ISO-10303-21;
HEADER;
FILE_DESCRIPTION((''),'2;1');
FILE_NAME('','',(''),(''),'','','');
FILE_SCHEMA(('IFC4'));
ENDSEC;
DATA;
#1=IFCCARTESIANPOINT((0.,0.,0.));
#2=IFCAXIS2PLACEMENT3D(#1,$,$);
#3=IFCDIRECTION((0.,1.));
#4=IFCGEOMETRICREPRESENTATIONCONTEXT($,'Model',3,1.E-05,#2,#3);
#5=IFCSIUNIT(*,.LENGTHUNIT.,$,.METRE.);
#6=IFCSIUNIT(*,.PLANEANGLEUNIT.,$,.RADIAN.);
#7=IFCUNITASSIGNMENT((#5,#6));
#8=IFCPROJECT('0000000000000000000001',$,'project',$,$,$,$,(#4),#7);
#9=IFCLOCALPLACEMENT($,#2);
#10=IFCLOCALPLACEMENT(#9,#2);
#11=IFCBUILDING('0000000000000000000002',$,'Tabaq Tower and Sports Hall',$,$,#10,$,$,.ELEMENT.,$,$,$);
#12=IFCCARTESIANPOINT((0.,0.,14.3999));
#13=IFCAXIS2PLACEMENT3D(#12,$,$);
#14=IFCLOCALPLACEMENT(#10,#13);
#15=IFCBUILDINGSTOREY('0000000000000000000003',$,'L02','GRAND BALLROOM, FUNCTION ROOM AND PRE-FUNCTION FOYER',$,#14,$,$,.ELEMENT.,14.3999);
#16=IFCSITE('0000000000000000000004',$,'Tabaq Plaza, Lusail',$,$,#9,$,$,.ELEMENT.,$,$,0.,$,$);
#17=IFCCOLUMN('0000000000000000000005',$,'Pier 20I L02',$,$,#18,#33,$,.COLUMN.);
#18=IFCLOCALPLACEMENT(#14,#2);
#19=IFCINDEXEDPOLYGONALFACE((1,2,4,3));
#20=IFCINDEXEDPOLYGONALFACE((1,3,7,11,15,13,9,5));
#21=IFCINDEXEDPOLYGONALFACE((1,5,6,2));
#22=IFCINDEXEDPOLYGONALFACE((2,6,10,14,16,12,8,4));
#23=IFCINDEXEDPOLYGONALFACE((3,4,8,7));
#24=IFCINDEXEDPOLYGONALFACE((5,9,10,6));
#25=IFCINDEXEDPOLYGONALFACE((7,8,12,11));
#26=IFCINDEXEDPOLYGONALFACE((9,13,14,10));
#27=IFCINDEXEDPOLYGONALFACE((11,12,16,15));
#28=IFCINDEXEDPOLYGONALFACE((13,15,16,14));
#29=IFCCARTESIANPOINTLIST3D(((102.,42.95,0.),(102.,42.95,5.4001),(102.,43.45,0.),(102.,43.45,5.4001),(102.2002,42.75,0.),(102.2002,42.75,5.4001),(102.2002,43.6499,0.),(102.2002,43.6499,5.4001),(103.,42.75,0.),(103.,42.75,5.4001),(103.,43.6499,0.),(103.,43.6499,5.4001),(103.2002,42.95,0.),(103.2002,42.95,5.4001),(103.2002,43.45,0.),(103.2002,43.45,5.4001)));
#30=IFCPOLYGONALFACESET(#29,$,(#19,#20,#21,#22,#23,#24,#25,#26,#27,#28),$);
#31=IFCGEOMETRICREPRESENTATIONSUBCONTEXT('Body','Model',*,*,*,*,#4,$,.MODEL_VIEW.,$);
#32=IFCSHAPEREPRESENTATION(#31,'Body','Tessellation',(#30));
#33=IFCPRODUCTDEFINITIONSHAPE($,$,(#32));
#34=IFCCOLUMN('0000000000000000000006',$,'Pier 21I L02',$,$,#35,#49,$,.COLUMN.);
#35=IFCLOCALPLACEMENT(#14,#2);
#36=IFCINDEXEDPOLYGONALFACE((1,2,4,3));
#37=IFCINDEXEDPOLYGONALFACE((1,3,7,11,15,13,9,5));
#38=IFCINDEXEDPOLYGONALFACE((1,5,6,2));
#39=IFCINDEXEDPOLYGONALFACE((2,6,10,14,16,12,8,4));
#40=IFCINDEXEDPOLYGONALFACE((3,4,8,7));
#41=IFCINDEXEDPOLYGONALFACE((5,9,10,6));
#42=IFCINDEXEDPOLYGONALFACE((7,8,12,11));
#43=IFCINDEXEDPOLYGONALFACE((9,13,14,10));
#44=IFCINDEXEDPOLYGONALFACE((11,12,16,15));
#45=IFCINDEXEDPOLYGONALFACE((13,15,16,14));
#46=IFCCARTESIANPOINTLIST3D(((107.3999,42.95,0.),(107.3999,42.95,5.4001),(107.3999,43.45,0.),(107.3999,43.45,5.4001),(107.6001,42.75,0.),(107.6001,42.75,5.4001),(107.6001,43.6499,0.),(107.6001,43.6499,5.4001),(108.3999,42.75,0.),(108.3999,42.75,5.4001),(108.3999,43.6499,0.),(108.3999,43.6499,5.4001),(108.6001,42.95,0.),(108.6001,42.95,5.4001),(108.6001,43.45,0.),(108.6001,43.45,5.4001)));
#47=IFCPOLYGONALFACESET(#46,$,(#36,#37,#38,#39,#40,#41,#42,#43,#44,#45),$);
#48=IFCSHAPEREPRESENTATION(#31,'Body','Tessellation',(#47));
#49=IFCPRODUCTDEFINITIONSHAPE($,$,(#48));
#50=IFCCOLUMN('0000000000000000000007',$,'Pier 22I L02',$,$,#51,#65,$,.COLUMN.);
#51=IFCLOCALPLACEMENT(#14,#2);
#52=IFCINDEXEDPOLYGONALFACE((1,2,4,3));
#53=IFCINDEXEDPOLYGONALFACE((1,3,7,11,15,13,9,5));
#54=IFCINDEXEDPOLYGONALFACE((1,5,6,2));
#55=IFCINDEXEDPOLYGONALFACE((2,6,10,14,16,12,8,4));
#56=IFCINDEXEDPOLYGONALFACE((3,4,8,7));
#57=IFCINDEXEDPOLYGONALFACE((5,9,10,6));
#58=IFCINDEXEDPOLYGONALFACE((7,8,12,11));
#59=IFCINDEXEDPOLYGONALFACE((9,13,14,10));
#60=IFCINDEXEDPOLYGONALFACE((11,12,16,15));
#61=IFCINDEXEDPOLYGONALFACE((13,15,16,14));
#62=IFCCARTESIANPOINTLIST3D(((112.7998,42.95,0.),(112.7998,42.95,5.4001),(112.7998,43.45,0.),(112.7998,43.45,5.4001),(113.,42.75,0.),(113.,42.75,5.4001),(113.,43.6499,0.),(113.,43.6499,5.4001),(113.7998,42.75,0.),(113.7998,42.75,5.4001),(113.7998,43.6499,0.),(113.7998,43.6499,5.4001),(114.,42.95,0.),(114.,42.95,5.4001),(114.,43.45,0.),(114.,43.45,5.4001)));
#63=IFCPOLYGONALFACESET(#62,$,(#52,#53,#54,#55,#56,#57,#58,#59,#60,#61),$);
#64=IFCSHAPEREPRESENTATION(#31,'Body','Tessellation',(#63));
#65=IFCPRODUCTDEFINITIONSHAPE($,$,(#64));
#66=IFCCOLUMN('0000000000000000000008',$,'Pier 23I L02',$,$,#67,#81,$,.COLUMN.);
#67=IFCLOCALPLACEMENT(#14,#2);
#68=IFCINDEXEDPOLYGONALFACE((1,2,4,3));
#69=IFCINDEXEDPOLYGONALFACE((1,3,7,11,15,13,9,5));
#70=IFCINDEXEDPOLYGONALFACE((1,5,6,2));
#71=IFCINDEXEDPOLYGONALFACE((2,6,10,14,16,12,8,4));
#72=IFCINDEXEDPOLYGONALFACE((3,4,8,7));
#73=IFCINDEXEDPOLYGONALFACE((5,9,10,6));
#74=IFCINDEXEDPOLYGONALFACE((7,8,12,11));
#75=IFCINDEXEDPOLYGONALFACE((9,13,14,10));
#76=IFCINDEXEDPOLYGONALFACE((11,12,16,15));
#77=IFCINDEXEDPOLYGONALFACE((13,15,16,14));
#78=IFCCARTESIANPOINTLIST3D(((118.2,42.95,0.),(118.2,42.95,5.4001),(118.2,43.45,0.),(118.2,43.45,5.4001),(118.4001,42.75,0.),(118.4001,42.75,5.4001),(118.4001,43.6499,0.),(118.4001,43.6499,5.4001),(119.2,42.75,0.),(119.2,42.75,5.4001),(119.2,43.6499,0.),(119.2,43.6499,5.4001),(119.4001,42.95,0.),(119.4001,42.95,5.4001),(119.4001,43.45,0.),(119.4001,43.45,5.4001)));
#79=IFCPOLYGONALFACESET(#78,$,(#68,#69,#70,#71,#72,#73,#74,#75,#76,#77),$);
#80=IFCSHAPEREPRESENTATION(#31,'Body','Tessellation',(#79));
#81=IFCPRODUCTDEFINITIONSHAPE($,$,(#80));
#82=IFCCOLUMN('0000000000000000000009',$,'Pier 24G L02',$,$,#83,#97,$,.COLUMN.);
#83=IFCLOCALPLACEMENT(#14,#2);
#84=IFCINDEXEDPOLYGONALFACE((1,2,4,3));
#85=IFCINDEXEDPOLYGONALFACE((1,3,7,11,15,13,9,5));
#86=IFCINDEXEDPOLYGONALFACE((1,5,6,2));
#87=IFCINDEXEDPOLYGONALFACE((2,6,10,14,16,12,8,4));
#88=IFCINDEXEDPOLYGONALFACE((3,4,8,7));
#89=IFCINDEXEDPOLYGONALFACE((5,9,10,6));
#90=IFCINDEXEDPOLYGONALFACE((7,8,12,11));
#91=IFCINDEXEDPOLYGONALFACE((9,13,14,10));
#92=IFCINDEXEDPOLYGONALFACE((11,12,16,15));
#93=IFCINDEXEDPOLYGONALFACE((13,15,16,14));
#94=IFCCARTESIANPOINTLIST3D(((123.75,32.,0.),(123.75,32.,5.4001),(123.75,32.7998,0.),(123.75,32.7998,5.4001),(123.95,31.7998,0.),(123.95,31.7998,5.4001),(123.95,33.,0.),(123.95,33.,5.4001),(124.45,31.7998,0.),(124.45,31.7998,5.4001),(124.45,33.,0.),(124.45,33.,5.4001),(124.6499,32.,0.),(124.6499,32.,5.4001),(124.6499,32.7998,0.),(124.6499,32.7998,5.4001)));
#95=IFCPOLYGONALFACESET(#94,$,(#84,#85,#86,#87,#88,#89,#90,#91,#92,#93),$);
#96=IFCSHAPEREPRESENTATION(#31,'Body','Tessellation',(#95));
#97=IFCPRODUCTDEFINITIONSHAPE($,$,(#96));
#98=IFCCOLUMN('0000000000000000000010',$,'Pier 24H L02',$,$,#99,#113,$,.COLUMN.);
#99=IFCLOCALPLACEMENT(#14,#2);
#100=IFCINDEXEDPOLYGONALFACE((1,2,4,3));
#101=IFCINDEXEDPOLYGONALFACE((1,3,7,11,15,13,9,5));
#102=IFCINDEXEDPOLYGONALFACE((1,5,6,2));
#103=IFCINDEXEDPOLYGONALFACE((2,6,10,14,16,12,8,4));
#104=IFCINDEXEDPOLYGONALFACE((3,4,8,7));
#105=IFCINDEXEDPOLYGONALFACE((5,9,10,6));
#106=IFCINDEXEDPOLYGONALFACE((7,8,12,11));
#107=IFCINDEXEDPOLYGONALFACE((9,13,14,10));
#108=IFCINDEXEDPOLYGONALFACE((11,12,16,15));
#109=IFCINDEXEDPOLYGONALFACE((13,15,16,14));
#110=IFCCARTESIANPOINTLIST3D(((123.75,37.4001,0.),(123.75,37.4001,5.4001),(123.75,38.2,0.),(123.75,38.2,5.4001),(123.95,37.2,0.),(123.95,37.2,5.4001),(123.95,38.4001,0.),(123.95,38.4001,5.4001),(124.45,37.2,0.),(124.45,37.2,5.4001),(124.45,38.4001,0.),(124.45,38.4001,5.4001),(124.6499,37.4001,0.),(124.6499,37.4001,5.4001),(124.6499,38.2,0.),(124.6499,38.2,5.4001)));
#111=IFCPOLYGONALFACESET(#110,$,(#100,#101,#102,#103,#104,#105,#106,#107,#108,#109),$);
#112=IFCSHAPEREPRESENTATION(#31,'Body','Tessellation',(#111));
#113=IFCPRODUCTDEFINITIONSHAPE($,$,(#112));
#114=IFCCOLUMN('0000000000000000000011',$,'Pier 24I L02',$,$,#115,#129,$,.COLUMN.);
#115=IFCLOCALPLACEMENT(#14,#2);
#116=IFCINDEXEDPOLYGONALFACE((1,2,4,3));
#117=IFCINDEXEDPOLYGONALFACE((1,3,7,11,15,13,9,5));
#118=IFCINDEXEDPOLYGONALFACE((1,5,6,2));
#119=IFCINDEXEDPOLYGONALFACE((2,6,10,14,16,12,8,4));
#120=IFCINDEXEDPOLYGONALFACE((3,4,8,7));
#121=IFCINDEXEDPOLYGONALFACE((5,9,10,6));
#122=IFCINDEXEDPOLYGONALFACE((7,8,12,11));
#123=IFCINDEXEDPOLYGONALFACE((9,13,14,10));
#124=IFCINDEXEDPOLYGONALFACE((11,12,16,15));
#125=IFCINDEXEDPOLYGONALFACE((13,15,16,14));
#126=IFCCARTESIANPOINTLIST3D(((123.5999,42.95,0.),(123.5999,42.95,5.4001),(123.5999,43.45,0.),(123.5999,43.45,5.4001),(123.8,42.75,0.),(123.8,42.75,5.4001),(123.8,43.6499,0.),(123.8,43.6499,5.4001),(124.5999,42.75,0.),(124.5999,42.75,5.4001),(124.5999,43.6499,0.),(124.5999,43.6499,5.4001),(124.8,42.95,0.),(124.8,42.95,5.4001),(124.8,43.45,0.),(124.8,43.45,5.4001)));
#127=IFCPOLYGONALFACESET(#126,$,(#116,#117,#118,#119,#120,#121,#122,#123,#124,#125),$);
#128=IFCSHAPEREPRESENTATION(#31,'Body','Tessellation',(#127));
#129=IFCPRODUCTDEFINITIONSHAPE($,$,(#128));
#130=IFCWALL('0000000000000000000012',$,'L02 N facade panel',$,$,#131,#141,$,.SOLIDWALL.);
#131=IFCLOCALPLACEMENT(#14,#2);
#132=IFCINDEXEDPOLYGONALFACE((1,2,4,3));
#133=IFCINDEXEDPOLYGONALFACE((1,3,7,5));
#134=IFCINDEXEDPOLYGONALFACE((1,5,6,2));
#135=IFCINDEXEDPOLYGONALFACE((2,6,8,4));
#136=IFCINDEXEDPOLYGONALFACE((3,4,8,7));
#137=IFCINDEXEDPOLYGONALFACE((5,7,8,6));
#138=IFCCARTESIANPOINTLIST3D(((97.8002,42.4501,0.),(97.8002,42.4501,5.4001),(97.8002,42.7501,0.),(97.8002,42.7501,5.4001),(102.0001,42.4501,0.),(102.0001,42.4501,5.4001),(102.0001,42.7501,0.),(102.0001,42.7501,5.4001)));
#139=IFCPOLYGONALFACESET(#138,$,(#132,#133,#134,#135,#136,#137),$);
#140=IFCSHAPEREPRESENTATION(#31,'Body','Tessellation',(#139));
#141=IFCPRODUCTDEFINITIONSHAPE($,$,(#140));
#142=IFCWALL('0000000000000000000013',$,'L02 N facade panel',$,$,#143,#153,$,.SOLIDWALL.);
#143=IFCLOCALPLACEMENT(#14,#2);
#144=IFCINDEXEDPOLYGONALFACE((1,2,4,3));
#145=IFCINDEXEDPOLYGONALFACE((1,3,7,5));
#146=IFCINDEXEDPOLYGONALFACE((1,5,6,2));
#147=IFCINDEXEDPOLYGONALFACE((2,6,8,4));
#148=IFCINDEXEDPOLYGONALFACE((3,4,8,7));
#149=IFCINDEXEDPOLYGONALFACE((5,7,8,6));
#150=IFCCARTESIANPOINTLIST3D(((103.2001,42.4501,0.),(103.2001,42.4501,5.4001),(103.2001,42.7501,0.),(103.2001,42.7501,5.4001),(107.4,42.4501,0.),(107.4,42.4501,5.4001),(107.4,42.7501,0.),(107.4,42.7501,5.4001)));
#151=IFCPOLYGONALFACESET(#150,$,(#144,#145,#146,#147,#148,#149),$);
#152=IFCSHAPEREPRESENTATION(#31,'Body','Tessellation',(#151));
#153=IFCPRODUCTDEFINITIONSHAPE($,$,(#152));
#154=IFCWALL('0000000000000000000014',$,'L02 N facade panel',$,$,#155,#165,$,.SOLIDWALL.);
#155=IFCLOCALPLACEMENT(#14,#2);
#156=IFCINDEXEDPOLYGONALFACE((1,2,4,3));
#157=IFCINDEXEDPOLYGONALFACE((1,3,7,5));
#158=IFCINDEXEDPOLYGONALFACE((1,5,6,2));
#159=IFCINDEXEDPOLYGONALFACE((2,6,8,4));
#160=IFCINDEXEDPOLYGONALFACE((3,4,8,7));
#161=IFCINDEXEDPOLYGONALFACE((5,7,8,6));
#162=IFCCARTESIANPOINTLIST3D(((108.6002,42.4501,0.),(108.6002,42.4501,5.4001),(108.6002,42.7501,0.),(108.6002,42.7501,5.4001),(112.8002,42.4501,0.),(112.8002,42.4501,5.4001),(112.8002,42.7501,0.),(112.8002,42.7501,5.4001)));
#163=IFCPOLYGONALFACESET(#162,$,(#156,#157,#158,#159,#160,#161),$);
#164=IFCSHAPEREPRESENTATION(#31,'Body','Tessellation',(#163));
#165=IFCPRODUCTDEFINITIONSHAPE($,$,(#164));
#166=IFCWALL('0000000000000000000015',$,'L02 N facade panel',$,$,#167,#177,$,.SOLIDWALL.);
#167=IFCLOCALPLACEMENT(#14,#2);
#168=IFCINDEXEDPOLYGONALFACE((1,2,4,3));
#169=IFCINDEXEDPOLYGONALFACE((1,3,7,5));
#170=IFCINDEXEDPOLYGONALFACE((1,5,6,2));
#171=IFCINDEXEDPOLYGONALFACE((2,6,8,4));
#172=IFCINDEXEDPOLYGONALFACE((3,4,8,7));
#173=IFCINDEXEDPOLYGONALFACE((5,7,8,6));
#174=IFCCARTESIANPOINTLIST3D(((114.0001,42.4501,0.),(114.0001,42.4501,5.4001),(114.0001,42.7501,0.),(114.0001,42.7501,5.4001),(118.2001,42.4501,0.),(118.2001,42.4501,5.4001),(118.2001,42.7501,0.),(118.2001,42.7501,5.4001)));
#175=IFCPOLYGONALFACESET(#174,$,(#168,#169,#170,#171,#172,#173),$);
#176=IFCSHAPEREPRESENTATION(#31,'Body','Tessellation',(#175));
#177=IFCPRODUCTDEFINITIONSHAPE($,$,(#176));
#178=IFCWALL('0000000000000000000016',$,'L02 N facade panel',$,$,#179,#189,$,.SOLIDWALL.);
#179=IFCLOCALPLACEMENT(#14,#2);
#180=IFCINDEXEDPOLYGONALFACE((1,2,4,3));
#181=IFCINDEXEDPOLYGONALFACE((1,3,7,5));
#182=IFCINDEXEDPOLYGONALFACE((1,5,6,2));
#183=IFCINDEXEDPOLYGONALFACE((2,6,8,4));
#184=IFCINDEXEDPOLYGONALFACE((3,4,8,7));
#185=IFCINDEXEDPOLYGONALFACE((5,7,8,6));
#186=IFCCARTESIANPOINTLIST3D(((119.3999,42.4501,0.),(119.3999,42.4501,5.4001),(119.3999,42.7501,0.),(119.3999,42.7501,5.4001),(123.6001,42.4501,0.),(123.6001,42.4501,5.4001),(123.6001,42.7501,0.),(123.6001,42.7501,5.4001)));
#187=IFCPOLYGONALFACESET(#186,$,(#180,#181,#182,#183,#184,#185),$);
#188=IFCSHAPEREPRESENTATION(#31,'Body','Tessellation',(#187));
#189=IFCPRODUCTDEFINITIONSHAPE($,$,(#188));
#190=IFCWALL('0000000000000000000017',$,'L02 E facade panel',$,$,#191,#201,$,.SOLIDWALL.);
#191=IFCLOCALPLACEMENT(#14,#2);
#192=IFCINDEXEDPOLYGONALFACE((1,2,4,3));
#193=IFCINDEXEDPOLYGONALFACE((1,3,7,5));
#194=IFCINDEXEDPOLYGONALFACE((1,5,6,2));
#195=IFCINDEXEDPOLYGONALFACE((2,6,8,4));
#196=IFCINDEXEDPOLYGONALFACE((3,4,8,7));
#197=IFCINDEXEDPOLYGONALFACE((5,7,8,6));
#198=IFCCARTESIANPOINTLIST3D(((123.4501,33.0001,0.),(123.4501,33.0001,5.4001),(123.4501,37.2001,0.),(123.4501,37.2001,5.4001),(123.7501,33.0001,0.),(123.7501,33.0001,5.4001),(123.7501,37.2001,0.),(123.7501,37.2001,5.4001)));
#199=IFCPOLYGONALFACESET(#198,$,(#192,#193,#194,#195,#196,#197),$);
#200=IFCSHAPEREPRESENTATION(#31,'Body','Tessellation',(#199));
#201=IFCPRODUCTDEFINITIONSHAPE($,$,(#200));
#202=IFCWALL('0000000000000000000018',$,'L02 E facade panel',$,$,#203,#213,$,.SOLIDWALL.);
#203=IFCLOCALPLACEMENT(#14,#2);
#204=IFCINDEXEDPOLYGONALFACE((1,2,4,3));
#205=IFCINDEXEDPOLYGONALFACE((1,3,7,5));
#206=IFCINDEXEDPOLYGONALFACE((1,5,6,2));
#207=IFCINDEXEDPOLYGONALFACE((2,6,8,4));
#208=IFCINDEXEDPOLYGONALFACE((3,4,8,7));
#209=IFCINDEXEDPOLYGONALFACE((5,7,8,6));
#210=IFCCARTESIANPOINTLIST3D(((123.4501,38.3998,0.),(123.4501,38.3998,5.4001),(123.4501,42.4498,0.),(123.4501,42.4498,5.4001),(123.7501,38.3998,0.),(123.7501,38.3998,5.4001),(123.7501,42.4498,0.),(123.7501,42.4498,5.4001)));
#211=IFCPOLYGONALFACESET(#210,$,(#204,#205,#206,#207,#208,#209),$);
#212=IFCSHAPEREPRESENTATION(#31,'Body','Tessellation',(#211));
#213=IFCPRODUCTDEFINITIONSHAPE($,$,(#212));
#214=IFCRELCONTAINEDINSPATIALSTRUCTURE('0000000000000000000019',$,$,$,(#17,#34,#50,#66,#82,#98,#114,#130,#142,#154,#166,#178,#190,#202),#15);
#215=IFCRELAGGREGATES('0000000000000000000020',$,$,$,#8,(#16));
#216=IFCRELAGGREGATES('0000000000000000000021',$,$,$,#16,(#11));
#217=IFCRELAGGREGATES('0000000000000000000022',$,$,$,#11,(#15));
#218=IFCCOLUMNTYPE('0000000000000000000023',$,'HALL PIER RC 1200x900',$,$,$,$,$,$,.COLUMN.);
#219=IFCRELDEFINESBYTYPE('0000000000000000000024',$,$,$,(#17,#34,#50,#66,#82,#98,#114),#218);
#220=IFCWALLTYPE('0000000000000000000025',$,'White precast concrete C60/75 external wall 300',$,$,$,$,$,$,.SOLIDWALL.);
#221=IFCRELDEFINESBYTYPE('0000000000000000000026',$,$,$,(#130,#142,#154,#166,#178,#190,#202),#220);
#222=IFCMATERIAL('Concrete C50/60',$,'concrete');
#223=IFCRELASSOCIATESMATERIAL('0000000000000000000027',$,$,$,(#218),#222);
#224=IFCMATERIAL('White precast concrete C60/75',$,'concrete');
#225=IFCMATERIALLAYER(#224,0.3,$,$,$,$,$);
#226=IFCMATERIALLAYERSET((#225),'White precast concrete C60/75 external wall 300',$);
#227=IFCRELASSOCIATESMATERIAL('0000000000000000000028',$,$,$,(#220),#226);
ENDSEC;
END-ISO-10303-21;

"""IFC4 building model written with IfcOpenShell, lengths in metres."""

from ifc_helpers import new_model, si_unit, direction, frame, frame_2d, origin, place, context, subcontext, project, spatial, polyline, rectangle, outline, extrude, material, layer, layer_set, material_profile, profile_set, type_object, element, save


model = new_model("IFC4")

# Units and contexts
model_context = context("Model", 3, precision=1e-05, world=origin(), true_north=direction((0.0, 1.0)))
body_context = subcontext(model_context, "Body", "Model", "MODEL_VIEW")
ifc_project = project(units=[si_unit("LENGTHUNIT", "METRE"), si_unit("PLANEANGLEUNIT", "RADIAN")], contexts=[model_context])

# Site, building, storey
site_placement = place(None, origin())
site = spatial("IfcSite", under=ifc_project, at=site_placement, Name="Tabaq Plaza, Lusail", CompositionType="ELEMENT", RefElevation=0.0)
building_placement = place(site_placement, origin())
building = spatial("IfcBuilding", under=site, at=building_placement, Name="Tabaq Tower and Sports Hall", CompositionType="ELEMENT")
storey_placement = place(building_placement, frame((0.0, 0.0, 14.3999)))
storey = spatial("IfcBuildingStorey", under=building, at=storey_placement, Name="L02", Description="GRAND BALLROOM, FUNCTION ROOM AND PRE-FUNCTION FOYER", CompositionType="ELEMENT", Elevation=14.3999)

# Columns
ifc_material_1 = material(Name="Concrete C50/60", Category="concrete")
ifc_material_profile = material_profile(ifc_material_1, outline(polyline([(-0.3999, -0.45), (0.3999, -0.45), (0.6001, -0.25), (0.6001, 0.25), (0.3999, 0.45), (-0.3999, 0.45), (-0.6001, 0.25), (-0.6001, -0.25), (-0.3999, -0.45)])), Name="PIER 1200x900")
ifc_profile_set = profile_set([ifc_material_profile], Name="Concrete C50/60")
column_type = type_object("IfcColumnType", Name="HALL PIER RC 1200x900", PredefinedType="COLUMN", material=ifc_profile_set)
for number, where, z_axis, x_axis, name in (
    (1, (102.6001, 43.2, 0.0), (0.0, 0.0, 1.0), (1.0, 0.0, 0.0), "Pier 20I L02"),
    (2, (108.0, 43.2, 0.0), (0.0, 0.0, 1.0), (1.0, 0.0, 0.0), "Pier 21I L02"),
    (3, (113.3999, 43.2, 0.0), (0.0, 0.0, 1.0), (1.0, 0.0, 0.0), "Pier 22I L02"),
    (4, (118.8, 43.2, 0.0), (0.0, 0.0, 1.0), (1.0, 0.0, 0.0), "Pier 23I L02"),
    (5, (124.2, 32.3999, 0.0), (0.0, 0.0, 1.0), (0.0, 1.0, 0.0), "Pier 24G L02"),
    (6, (124.2, 37.8, 0.0), (0.0, 0.0, 1.0), (0.0, 1.0, 0.0), "Pier 24H L02"),
    (7, (124.2, 43.2, 0.0), (0.0, 0.0, 1.0), (1.0, 0.0, 0.0), "Pier 24I L02"),
):
    element("IfcColumn", number, at=place(storey_placement, frame(where, z_axis=z_axis, x_axis=x_axis)), inside=storey, type_object=column_type, Name=name, PredefinedType="COLUMN", context=body_context, shape_type="SweptSolid", body=[
        extrude(outline(polyline([(-0.3999, -0.45), (0.3999, -0.45), (0.6001, -0.25), (0.6001, 0.25), (0.3999, 0.45), (-0.3999, 0.45), (-0.6001, 0.25), (-0.6001, -0.25), (-0.3999, -0.45)])), origin(), (0.0, 0.0, 1.0), 5.4001),
    ])

# Walls
ifc_material_2 = material(Name="White precast concrete C60/75", Category="concrete")
ifc_layer_1 = layer(ifc_material_2, 0.3)
ifc_layer_set_1 = layer_set([ifc_layer_1], Name="White precast concrete C60/75 external wall 300")
wall_type = type_object("IfcWallType", Name="White precast concrete C60/75 external wall 300", PredefinedType="SOLIDWALL", material=ifc_layer_set_1)
for number, where, z_axis, x_axis, name in (
    (8, (97.8, 42.6001, 0.0), (0.0, 0.0, 1.0), (1.0, 0.0, 0.0), "L02 N facade panel"),
    (9, (103.2, 42.6001, 0.0), (0.0, 0.0, 1.0), (1.0, 0.0, 0.0), "L02 N facade panel"),
    (10, (108.6001, 42.6001, 0.0), (0.0, 0.0, 1.0), (1.0, 0.0, 0.0), "L02 N facade panel"),
    (11, (114.0, 42.6001, 0.0), (0.0, 0.0, 1.0), (1.0, 0.0, 0.0), "L02 N facade panel"),
):
    element("IfcWall", number, at=place(storey_placement, frame(where, z_axis=z_axis, x_axis=x_axis)), inside=storey, type_object=wall_type, Name=name, PredefinedType="SOLIDWALL", context=body_context, shape_type="SweptSolid", body=[
        extrude(rectangle(XDim=4.2, YDim=0.3, at=frame_2d((2.1001, 0.0))), origin(), (0.0, 0.0, 1.0), 5.4001),
    ])
wall_1_placement = place(storey_placement, frame((119.3999, 42.6001, 0.0), z_axis=(0.0, 0.0, 1.0), x_axis=(1.0, 0.0, 0.0)))
element("IfcWall", 12, at=wall_1_placement, inside=storey, type_object=wall_type, Name="L02 N facade panel", PredefinedType="SOLIDWALL", context=body_context, shape_type="SweptSolid", body=[
    extrude(rectangle(XDim=4.2002, YDim=0.3, at=frame_2d((2.1001, 0.0))), origin(), (0.0, 0.0, 1.0), 5.4001),
])
wall_2_placement = place(storey_placement, frame((123.6001, 33.0, 0.0), z_axis=(0.0, 0.0, 1.0), x_axis=(0.0, 1.0, 0.0)))
element("IfcWall", 13, at=wall_2_placement, inside=storey, type_object=wall_type, Name="L02 E facade panel", PredefinedType="SOLIDWALL", context=body_context, shape_type="SweptSolid", body=[
    extrude(rectangle(XDim=4.2, YDim=0.3, at=frame_2d((2.1001, 0.0))), origin(), (0.0, 0.0, 1.0), 5.4001),
])
wall_3_placement = place(storey_placement, frame((123.6001, 38.3999, 0.0), z_axis=(0.0, 0.0, 1.0), x_axis=(0.0, 1.0, 0.0)))
element("IfcWall", 14, at=wall_3_placement, inside=storey, type_object=wall_type, Name="L02 E facade panel", PredefinedType="SOLIDWALL", context=body_context, shape_type="SweptSolid", body=[
    extrude(rectangle(XDim=4.05, YDim=0.3, at=frame_2d((2.0249, 0.0))), origin(), (0.0, 0.0, 1.0), 5.4001),
])

save(model, "model.ifc")
